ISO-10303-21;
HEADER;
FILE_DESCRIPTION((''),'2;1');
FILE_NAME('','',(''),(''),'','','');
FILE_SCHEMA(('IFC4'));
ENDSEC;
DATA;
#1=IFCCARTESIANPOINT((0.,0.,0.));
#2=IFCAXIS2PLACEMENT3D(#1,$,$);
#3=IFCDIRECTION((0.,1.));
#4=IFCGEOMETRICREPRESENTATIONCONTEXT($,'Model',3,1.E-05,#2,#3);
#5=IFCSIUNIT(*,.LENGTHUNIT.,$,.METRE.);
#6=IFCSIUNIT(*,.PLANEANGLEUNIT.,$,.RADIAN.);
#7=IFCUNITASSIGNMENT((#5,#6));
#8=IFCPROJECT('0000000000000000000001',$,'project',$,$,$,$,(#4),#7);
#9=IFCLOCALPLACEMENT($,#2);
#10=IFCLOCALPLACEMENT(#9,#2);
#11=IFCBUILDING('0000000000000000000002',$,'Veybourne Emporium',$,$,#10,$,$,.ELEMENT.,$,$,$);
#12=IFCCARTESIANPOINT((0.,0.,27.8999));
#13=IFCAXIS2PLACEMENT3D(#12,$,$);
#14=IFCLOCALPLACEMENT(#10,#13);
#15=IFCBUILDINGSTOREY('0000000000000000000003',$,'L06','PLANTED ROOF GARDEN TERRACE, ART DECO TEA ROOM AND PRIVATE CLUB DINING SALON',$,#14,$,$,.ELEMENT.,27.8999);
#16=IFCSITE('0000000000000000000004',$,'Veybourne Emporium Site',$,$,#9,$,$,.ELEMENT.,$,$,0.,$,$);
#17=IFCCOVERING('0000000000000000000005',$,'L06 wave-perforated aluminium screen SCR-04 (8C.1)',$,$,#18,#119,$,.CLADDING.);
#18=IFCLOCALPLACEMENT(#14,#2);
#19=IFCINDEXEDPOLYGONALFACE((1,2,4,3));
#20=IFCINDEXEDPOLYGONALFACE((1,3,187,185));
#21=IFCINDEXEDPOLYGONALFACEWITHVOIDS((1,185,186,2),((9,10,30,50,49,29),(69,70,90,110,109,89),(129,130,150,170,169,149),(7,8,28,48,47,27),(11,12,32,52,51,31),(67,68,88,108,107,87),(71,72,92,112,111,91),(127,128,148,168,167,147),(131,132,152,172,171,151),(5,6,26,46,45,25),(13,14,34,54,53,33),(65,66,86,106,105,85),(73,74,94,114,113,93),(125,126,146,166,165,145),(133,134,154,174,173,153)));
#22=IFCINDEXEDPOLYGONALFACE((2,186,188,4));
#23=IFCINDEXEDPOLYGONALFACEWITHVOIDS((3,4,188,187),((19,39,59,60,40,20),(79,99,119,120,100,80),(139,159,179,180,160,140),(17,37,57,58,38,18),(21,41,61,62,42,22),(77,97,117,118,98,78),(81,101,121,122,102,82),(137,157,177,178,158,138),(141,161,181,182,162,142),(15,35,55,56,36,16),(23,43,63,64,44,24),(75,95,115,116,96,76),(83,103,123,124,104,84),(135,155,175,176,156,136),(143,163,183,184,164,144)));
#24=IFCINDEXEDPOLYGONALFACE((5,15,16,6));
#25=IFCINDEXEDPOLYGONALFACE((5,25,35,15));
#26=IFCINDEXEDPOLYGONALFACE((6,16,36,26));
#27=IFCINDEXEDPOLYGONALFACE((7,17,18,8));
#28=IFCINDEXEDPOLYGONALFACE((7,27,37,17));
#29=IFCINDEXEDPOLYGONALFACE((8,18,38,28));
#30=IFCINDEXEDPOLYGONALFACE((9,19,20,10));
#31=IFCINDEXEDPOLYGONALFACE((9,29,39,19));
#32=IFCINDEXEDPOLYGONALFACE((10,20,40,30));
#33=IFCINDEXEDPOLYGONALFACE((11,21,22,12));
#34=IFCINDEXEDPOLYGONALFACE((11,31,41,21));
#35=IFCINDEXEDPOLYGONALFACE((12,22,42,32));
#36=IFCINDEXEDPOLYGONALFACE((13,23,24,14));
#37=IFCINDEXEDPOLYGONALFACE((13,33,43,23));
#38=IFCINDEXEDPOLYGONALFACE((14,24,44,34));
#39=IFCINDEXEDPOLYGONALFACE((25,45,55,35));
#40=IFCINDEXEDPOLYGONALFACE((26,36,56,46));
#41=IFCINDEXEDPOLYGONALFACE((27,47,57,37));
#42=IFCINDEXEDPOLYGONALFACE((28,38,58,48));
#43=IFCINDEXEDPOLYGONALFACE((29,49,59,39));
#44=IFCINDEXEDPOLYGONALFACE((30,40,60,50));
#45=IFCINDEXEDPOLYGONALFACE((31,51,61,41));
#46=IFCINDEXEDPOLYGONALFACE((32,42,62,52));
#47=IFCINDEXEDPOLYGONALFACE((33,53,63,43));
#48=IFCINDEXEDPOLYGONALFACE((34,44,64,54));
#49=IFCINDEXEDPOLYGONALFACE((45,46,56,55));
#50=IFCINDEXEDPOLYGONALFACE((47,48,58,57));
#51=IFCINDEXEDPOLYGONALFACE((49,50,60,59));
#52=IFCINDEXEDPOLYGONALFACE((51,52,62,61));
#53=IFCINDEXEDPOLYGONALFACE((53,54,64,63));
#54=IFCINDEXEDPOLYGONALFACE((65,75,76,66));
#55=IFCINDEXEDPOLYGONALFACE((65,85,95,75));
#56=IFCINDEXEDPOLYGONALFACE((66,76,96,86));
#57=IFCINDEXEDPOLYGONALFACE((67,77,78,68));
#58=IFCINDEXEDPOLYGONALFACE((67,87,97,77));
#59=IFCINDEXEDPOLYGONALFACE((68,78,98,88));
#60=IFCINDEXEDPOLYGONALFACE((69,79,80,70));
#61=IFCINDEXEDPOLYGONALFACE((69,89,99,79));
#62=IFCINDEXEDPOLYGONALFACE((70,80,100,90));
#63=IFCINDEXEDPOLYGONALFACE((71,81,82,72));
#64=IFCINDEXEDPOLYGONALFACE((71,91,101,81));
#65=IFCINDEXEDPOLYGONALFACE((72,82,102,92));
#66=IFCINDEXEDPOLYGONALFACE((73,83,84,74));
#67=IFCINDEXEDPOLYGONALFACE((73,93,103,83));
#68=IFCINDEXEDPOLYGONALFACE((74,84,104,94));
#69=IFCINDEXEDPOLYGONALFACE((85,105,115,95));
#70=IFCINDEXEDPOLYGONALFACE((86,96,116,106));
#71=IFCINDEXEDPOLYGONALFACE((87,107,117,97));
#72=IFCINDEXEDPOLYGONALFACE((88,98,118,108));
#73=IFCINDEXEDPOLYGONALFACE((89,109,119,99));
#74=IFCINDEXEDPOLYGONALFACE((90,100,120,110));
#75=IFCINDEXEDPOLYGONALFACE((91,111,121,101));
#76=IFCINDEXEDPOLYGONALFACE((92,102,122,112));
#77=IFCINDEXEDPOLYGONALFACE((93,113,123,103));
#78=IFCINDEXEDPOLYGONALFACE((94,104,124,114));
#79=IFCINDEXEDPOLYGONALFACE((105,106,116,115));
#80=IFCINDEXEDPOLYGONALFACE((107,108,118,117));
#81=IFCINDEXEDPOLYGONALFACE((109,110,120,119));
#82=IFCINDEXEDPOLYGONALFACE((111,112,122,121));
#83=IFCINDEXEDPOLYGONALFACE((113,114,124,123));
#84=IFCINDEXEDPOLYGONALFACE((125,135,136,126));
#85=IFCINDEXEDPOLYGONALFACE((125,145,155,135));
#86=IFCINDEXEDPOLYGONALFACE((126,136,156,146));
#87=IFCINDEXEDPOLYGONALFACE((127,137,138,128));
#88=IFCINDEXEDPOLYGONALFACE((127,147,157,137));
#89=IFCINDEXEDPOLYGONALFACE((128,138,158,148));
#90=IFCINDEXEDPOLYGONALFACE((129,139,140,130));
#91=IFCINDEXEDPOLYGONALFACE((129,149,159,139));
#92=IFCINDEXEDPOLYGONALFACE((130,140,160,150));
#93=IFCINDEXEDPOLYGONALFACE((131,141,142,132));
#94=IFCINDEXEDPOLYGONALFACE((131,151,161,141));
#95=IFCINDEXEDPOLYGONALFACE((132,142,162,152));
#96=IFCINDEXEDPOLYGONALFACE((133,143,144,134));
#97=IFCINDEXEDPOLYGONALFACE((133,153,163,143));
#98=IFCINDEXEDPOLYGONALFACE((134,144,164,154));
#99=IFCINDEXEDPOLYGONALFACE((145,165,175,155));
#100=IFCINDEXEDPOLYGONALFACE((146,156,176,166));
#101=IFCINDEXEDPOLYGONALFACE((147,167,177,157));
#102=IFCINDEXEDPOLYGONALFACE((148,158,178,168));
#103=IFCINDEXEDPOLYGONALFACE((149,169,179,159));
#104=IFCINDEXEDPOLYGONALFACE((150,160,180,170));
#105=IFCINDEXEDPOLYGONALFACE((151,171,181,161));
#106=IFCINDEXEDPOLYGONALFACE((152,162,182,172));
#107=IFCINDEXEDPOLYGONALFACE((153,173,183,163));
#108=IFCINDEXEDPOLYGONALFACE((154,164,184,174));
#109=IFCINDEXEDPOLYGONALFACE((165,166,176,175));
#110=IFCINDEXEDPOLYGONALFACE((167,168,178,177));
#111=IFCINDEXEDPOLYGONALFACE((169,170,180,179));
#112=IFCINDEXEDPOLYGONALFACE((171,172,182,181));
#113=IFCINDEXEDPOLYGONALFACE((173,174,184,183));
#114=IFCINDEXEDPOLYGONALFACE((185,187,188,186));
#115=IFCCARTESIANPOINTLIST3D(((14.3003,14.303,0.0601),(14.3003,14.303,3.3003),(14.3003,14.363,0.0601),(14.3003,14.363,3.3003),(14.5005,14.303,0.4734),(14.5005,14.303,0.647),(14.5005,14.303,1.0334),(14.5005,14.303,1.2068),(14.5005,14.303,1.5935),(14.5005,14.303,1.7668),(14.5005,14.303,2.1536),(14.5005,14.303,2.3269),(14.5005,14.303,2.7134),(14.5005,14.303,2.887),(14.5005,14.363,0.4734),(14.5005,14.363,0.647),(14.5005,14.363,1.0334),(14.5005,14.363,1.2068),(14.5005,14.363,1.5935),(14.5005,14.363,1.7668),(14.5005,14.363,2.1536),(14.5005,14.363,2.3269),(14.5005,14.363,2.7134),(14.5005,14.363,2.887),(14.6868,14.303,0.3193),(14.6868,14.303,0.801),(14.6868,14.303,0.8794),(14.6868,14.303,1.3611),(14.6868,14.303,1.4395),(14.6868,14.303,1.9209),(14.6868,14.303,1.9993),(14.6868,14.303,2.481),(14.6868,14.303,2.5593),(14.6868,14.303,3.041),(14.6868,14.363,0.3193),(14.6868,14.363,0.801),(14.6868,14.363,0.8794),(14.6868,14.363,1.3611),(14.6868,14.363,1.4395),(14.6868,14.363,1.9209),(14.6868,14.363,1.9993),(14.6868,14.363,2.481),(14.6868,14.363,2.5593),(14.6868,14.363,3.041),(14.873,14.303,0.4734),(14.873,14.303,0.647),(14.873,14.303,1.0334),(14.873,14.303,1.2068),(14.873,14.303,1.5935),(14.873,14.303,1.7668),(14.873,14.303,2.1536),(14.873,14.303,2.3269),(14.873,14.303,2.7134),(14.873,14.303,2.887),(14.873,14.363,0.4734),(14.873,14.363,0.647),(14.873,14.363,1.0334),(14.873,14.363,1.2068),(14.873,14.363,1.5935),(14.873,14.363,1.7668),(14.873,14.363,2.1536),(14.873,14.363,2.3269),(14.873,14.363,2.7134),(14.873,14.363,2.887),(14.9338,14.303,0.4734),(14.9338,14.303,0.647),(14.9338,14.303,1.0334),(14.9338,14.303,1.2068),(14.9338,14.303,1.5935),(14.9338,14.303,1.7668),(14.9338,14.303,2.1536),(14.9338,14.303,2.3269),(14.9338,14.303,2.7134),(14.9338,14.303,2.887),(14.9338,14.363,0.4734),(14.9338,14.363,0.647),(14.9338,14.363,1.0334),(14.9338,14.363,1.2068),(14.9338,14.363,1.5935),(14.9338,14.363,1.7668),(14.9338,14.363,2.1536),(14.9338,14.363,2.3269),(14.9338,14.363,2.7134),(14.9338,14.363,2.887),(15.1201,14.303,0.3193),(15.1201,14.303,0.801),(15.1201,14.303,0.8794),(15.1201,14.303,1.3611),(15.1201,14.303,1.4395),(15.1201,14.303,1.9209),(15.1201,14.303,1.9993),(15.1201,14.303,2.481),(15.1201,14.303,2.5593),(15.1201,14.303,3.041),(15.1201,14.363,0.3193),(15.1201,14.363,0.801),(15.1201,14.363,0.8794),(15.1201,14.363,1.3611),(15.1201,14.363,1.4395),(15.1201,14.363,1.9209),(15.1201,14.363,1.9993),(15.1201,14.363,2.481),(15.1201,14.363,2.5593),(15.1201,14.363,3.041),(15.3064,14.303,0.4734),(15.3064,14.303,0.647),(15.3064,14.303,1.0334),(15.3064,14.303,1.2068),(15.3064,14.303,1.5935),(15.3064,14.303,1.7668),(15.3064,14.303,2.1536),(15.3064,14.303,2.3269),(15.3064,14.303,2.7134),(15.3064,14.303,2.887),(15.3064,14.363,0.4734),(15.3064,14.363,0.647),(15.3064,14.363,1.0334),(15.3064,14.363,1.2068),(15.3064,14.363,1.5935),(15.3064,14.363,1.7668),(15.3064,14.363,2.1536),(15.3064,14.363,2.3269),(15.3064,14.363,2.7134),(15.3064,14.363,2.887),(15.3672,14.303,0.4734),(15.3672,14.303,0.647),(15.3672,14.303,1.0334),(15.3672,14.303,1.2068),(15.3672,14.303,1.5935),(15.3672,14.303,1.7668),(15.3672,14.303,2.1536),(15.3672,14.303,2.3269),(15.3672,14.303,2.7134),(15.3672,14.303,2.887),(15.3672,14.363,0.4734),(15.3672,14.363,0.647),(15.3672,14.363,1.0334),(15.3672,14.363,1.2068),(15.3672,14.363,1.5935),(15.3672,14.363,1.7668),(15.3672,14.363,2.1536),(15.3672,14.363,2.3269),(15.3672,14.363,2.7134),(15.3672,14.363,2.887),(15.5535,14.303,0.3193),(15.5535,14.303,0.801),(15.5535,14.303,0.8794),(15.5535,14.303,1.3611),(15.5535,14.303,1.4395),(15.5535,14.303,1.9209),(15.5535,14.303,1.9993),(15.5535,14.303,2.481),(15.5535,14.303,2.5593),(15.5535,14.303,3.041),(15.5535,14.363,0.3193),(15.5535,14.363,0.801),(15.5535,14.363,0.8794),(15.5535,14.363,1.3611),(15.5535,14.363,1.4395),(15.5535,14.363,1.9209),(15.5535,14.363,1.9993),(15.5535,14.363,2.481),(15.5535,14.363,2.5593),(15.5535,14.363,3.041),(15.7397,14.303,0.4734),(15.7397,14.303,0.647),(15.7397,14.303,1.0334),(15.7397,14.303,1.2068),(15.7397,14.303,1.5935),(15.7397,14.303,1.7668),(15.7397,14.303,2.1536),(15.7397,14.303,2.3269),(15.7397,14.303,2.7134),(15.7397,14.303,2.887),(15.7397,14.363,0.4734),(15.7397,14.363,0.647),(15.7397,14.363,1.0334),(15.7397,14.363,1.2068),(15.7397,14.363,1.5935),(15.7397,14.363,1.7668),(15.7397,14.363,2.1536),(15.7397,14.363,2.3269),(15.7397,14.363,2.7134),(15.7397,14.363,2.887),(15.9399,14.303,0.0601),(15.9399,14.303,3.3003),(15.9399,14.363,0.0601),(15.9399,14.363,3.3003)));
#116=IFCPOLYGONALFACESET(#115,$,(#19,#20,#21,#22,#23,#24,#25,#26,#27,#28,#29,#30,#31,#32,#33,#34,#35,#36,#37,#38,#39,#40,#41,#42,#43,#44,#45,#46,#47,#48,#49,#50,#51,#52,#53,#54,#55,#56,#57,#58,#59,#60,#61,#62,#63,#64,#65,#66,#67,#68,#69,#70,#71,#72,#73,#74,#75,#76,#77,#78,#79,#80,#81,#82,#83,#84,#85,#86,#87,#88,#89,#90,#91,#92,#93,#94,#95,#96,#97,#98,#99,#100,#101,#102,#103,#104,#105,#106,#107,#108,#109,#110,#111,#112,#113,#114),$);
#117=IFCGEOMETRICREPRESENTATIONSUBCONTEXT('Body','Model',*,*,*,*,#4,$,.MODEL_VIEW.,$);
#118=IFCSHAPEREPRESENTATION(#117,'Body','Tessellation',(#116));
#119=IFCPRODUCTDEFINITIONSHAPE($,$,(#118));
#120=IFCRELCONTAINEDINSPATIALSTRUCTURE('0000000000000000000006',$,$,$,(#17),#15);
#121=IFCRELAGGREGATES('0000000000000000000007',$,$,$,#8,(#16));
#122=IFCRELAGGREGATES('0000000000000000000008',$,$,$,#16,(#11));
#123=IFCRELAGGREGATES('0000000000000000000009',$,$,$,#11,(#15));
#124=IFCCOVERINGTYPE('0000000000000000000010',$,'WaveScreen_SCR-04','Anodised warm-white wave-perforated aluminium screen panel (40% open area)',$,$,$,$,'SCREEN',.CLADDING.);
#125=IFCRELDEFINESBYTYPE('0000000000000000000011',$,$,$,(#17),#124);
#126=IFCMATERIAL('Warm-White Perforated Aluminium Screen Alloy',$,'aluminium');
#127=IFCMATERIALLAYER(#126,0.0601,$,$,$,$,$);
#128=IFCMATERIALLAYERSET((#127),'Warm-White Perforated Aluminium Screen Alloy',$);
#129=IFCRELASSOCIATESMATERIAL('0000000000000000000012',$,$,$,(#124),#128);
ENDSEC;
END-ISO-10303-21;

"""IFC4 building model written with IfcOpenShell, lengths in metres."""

from ifc_helpers import new_model, si_unit, direction, frame, origin, place, context, subcontext, project, spatial, polyline, outline, extrude, material, layer, layer_set, type_object, element, save


model = new_model("IFC4")

# Units and contexts
model_context = context("Model", 3, precision=1e-05, world=origin(), true_north=direction((0.0, 1.0)))
body_context = subcontext(model_context, "Body", "Model", "MODEL_VIEW")
ifc_project = project(units=[si_unit("LENGTHUNIT", "METRE"), si_unit("PLANEANGLEUNIT", "RADIAN")], contexts=[model_context])

# Site, building, storey
site_placement = place(None, origin())
site = spatial("IfcSite", under=ifc_project, at=site_placement, Name="Veybourne Emporium Site", CompositionType="ELEMENT", RefElevation=0.0)
building_placement = place(site_placement, origin())
building = spatial("IfcBuilding", under=site, at=building_placement, Name="Veybourne Emporium", CompositionType="ELEMENT")
storey_placement = place(building_placement, frame((0.0, 0.0, 27.8999)))
storey = spatial("IfcBuildingStorey", under=building, at=storey_placement, Name="L06", Description="PLANTED ROOF GARDEN TERRACE, ART DECO TEA ROOM AND PRIVATE CLUB DINING SALON", CompositionType="ELEMENT", Elevation=27.8999)

# Covering
ifc_material_1 = material(Name="Warm-White Perforated Aluminium Screen Alloy", Category="aluminium")
ifc_layer_1 = layer(ifc_material_1, 0.0601)
ifc_layer_set_1 = layer_set([ifc_layer_1], Name="Warm-White Perforated Aluminium Screen Alloy")
covering_type_1 = type_object("IfcCoveringType", Name="WaveScreen_SCR-04", Description="Anodised warm-white wave-perforated aluminium screen panel (40% open area)", ElementType="SCREEN", PredefinedType="CLADDING", material=ifc_layer_set_1)
covering_1_placement = place(storey_placement, frame((15.1201, 14.303, 1.6802), z_axis=(0.0, 1.0, 0.0), x_axis=(-1.0, 0.0, 0.0)))
element("IfcCovering", 1, at=covering_1_placement, inside=storey, type_object=covering_type_1, Name="L06 wave-perforated aluminium screen SCR-04 (8C.1)", PredefinedType="CLADDING", context=body_context, shape_type="SweptSolid", body=[
    extrude(outline(polyline([(-0.8198, -1.6201), (0.8198, -1.6201), (0.8198, 1.6201), (-0.8198, 1.6201), (-0.8198, -1.6201)]), holes=[polyline([(-0.4333, -0.8792), (-0.2471, -1.0332), (-0.2471, -1.2068), (-0.4333, -1.3608), (-0.6196, -1.2068), (-0.6196, -1.0332), (-0.4333, -0.8792)]), polyline([(-0.4333, -0.3191), (-0.2471, -0.4734), (-0.2471, -0.6467), (-0.4333, -0.8008), (-0.6196, -0.6467), (-0.6196, -0.4734), (-0.4333, -0.3191)]), polyline([(-0.4333, 0.2407), (-0.2471, 0.0867), (-0.2471, -0.0867), (-0.4333, -0.2407), (-0.6196, -0.0867), (-0.6196, 0.0867), (-0.4333, 0.2407)]), polyline([(-0.4333, 0.8008), (-0.2471, 0.6467), (-0.2471, 0.4734), (-0.4333, 0.3191), (-0.6196, 0.4734), (-0.6196, 0.6467), (-0.4333, 0.8008)]), polyline([(-0.4333, 1.3608), (-0.2471, 1.2068), (-0.2471, 1.0332), (-0.4333, 0.8792), (-0.6196, 1.0332), (-0.6196, 1.2068), (-0.4333, 1.3608)]), polyline([(0.0, -0.8792), (0.1863, -1.0332), (0.1863, -1.2068), (0.0, -1.3608), (-0.1863, -1.2068), (-0.1863, -1.0332), (0.0, -0.8792)]), polyline([(0.0, -0.3191), (0.1863, -0.4734), (0.1863, -0.6467), (0.0, -0.8008), (-0.1863, -0.6467), (-0.1863, -0.4734), (0.0, -0.3191)]), polyline([(0.0, 0.2407), (0.1863, 0.0867), (0.1863, -0.0867), (0.0, -0.2407), (-0.1863, -0.0867), (-0.1863, 0.0867), (0.0, 0.2407)]), polyline([(0.0, 0.8008), (0.1863, 0.6467), (0.1863, 0.4734), (0.0, 0.3191), (-0.1863, 0.4734), (-0.1863, 0.6467), (0.0, 0.8008)]), polyline([(0.0, 1.3608), (0.1863, 1.2068), (0.1863, 1.0332), (0.0, 0.8792), (-0.1863, 1.0332), (-0.1863, 1.2068), (0.0, 1.3608)]), polyline([(0.4333, -0.8792), (0.6196, -1.0332), (0.6196, -1.2068), (0.4333, -1.3608), (0.2471, -1.2068), (0.2471, -1.0332), (0.4333, -0.8792)]), polyline([(0.4333, -0.3191), (0.6196, -0.4734), (0.6196, -0.6467), (0.4333, -0.8008), (0.2471, -0.6467), (0.2471, -0.4734), (0.4333, -0.3191)]), polyline([(0.4333, 0.2407), (0.6196, 0.0867), (0.6196, -0.0867), (0.4333, -0.2407), (0.2471, -0.0867), (0.2471, 0.0867), (0.4333, 0.2407)]), polyline([(0.4333, 0.8008), (0.6196, 0.6467), (0.6196, 0.4734), (0.4333, 0.3191), (0.2471, 0.4734), (0.2471, 0.6467), (0.4333, 0.8008)]), polyline([(0.4333, 1.3608), (0.6196, 1.2068), (0.6196, 1.0332), (0.4333, 0.8792), (0.2471, 1.0332), (0.2471, 1.2068), (0.4333, 1.3608)])]), origin(), (0.0, 0.0, 1.0), 0.0601),
])

save(model, "model.ifc")
